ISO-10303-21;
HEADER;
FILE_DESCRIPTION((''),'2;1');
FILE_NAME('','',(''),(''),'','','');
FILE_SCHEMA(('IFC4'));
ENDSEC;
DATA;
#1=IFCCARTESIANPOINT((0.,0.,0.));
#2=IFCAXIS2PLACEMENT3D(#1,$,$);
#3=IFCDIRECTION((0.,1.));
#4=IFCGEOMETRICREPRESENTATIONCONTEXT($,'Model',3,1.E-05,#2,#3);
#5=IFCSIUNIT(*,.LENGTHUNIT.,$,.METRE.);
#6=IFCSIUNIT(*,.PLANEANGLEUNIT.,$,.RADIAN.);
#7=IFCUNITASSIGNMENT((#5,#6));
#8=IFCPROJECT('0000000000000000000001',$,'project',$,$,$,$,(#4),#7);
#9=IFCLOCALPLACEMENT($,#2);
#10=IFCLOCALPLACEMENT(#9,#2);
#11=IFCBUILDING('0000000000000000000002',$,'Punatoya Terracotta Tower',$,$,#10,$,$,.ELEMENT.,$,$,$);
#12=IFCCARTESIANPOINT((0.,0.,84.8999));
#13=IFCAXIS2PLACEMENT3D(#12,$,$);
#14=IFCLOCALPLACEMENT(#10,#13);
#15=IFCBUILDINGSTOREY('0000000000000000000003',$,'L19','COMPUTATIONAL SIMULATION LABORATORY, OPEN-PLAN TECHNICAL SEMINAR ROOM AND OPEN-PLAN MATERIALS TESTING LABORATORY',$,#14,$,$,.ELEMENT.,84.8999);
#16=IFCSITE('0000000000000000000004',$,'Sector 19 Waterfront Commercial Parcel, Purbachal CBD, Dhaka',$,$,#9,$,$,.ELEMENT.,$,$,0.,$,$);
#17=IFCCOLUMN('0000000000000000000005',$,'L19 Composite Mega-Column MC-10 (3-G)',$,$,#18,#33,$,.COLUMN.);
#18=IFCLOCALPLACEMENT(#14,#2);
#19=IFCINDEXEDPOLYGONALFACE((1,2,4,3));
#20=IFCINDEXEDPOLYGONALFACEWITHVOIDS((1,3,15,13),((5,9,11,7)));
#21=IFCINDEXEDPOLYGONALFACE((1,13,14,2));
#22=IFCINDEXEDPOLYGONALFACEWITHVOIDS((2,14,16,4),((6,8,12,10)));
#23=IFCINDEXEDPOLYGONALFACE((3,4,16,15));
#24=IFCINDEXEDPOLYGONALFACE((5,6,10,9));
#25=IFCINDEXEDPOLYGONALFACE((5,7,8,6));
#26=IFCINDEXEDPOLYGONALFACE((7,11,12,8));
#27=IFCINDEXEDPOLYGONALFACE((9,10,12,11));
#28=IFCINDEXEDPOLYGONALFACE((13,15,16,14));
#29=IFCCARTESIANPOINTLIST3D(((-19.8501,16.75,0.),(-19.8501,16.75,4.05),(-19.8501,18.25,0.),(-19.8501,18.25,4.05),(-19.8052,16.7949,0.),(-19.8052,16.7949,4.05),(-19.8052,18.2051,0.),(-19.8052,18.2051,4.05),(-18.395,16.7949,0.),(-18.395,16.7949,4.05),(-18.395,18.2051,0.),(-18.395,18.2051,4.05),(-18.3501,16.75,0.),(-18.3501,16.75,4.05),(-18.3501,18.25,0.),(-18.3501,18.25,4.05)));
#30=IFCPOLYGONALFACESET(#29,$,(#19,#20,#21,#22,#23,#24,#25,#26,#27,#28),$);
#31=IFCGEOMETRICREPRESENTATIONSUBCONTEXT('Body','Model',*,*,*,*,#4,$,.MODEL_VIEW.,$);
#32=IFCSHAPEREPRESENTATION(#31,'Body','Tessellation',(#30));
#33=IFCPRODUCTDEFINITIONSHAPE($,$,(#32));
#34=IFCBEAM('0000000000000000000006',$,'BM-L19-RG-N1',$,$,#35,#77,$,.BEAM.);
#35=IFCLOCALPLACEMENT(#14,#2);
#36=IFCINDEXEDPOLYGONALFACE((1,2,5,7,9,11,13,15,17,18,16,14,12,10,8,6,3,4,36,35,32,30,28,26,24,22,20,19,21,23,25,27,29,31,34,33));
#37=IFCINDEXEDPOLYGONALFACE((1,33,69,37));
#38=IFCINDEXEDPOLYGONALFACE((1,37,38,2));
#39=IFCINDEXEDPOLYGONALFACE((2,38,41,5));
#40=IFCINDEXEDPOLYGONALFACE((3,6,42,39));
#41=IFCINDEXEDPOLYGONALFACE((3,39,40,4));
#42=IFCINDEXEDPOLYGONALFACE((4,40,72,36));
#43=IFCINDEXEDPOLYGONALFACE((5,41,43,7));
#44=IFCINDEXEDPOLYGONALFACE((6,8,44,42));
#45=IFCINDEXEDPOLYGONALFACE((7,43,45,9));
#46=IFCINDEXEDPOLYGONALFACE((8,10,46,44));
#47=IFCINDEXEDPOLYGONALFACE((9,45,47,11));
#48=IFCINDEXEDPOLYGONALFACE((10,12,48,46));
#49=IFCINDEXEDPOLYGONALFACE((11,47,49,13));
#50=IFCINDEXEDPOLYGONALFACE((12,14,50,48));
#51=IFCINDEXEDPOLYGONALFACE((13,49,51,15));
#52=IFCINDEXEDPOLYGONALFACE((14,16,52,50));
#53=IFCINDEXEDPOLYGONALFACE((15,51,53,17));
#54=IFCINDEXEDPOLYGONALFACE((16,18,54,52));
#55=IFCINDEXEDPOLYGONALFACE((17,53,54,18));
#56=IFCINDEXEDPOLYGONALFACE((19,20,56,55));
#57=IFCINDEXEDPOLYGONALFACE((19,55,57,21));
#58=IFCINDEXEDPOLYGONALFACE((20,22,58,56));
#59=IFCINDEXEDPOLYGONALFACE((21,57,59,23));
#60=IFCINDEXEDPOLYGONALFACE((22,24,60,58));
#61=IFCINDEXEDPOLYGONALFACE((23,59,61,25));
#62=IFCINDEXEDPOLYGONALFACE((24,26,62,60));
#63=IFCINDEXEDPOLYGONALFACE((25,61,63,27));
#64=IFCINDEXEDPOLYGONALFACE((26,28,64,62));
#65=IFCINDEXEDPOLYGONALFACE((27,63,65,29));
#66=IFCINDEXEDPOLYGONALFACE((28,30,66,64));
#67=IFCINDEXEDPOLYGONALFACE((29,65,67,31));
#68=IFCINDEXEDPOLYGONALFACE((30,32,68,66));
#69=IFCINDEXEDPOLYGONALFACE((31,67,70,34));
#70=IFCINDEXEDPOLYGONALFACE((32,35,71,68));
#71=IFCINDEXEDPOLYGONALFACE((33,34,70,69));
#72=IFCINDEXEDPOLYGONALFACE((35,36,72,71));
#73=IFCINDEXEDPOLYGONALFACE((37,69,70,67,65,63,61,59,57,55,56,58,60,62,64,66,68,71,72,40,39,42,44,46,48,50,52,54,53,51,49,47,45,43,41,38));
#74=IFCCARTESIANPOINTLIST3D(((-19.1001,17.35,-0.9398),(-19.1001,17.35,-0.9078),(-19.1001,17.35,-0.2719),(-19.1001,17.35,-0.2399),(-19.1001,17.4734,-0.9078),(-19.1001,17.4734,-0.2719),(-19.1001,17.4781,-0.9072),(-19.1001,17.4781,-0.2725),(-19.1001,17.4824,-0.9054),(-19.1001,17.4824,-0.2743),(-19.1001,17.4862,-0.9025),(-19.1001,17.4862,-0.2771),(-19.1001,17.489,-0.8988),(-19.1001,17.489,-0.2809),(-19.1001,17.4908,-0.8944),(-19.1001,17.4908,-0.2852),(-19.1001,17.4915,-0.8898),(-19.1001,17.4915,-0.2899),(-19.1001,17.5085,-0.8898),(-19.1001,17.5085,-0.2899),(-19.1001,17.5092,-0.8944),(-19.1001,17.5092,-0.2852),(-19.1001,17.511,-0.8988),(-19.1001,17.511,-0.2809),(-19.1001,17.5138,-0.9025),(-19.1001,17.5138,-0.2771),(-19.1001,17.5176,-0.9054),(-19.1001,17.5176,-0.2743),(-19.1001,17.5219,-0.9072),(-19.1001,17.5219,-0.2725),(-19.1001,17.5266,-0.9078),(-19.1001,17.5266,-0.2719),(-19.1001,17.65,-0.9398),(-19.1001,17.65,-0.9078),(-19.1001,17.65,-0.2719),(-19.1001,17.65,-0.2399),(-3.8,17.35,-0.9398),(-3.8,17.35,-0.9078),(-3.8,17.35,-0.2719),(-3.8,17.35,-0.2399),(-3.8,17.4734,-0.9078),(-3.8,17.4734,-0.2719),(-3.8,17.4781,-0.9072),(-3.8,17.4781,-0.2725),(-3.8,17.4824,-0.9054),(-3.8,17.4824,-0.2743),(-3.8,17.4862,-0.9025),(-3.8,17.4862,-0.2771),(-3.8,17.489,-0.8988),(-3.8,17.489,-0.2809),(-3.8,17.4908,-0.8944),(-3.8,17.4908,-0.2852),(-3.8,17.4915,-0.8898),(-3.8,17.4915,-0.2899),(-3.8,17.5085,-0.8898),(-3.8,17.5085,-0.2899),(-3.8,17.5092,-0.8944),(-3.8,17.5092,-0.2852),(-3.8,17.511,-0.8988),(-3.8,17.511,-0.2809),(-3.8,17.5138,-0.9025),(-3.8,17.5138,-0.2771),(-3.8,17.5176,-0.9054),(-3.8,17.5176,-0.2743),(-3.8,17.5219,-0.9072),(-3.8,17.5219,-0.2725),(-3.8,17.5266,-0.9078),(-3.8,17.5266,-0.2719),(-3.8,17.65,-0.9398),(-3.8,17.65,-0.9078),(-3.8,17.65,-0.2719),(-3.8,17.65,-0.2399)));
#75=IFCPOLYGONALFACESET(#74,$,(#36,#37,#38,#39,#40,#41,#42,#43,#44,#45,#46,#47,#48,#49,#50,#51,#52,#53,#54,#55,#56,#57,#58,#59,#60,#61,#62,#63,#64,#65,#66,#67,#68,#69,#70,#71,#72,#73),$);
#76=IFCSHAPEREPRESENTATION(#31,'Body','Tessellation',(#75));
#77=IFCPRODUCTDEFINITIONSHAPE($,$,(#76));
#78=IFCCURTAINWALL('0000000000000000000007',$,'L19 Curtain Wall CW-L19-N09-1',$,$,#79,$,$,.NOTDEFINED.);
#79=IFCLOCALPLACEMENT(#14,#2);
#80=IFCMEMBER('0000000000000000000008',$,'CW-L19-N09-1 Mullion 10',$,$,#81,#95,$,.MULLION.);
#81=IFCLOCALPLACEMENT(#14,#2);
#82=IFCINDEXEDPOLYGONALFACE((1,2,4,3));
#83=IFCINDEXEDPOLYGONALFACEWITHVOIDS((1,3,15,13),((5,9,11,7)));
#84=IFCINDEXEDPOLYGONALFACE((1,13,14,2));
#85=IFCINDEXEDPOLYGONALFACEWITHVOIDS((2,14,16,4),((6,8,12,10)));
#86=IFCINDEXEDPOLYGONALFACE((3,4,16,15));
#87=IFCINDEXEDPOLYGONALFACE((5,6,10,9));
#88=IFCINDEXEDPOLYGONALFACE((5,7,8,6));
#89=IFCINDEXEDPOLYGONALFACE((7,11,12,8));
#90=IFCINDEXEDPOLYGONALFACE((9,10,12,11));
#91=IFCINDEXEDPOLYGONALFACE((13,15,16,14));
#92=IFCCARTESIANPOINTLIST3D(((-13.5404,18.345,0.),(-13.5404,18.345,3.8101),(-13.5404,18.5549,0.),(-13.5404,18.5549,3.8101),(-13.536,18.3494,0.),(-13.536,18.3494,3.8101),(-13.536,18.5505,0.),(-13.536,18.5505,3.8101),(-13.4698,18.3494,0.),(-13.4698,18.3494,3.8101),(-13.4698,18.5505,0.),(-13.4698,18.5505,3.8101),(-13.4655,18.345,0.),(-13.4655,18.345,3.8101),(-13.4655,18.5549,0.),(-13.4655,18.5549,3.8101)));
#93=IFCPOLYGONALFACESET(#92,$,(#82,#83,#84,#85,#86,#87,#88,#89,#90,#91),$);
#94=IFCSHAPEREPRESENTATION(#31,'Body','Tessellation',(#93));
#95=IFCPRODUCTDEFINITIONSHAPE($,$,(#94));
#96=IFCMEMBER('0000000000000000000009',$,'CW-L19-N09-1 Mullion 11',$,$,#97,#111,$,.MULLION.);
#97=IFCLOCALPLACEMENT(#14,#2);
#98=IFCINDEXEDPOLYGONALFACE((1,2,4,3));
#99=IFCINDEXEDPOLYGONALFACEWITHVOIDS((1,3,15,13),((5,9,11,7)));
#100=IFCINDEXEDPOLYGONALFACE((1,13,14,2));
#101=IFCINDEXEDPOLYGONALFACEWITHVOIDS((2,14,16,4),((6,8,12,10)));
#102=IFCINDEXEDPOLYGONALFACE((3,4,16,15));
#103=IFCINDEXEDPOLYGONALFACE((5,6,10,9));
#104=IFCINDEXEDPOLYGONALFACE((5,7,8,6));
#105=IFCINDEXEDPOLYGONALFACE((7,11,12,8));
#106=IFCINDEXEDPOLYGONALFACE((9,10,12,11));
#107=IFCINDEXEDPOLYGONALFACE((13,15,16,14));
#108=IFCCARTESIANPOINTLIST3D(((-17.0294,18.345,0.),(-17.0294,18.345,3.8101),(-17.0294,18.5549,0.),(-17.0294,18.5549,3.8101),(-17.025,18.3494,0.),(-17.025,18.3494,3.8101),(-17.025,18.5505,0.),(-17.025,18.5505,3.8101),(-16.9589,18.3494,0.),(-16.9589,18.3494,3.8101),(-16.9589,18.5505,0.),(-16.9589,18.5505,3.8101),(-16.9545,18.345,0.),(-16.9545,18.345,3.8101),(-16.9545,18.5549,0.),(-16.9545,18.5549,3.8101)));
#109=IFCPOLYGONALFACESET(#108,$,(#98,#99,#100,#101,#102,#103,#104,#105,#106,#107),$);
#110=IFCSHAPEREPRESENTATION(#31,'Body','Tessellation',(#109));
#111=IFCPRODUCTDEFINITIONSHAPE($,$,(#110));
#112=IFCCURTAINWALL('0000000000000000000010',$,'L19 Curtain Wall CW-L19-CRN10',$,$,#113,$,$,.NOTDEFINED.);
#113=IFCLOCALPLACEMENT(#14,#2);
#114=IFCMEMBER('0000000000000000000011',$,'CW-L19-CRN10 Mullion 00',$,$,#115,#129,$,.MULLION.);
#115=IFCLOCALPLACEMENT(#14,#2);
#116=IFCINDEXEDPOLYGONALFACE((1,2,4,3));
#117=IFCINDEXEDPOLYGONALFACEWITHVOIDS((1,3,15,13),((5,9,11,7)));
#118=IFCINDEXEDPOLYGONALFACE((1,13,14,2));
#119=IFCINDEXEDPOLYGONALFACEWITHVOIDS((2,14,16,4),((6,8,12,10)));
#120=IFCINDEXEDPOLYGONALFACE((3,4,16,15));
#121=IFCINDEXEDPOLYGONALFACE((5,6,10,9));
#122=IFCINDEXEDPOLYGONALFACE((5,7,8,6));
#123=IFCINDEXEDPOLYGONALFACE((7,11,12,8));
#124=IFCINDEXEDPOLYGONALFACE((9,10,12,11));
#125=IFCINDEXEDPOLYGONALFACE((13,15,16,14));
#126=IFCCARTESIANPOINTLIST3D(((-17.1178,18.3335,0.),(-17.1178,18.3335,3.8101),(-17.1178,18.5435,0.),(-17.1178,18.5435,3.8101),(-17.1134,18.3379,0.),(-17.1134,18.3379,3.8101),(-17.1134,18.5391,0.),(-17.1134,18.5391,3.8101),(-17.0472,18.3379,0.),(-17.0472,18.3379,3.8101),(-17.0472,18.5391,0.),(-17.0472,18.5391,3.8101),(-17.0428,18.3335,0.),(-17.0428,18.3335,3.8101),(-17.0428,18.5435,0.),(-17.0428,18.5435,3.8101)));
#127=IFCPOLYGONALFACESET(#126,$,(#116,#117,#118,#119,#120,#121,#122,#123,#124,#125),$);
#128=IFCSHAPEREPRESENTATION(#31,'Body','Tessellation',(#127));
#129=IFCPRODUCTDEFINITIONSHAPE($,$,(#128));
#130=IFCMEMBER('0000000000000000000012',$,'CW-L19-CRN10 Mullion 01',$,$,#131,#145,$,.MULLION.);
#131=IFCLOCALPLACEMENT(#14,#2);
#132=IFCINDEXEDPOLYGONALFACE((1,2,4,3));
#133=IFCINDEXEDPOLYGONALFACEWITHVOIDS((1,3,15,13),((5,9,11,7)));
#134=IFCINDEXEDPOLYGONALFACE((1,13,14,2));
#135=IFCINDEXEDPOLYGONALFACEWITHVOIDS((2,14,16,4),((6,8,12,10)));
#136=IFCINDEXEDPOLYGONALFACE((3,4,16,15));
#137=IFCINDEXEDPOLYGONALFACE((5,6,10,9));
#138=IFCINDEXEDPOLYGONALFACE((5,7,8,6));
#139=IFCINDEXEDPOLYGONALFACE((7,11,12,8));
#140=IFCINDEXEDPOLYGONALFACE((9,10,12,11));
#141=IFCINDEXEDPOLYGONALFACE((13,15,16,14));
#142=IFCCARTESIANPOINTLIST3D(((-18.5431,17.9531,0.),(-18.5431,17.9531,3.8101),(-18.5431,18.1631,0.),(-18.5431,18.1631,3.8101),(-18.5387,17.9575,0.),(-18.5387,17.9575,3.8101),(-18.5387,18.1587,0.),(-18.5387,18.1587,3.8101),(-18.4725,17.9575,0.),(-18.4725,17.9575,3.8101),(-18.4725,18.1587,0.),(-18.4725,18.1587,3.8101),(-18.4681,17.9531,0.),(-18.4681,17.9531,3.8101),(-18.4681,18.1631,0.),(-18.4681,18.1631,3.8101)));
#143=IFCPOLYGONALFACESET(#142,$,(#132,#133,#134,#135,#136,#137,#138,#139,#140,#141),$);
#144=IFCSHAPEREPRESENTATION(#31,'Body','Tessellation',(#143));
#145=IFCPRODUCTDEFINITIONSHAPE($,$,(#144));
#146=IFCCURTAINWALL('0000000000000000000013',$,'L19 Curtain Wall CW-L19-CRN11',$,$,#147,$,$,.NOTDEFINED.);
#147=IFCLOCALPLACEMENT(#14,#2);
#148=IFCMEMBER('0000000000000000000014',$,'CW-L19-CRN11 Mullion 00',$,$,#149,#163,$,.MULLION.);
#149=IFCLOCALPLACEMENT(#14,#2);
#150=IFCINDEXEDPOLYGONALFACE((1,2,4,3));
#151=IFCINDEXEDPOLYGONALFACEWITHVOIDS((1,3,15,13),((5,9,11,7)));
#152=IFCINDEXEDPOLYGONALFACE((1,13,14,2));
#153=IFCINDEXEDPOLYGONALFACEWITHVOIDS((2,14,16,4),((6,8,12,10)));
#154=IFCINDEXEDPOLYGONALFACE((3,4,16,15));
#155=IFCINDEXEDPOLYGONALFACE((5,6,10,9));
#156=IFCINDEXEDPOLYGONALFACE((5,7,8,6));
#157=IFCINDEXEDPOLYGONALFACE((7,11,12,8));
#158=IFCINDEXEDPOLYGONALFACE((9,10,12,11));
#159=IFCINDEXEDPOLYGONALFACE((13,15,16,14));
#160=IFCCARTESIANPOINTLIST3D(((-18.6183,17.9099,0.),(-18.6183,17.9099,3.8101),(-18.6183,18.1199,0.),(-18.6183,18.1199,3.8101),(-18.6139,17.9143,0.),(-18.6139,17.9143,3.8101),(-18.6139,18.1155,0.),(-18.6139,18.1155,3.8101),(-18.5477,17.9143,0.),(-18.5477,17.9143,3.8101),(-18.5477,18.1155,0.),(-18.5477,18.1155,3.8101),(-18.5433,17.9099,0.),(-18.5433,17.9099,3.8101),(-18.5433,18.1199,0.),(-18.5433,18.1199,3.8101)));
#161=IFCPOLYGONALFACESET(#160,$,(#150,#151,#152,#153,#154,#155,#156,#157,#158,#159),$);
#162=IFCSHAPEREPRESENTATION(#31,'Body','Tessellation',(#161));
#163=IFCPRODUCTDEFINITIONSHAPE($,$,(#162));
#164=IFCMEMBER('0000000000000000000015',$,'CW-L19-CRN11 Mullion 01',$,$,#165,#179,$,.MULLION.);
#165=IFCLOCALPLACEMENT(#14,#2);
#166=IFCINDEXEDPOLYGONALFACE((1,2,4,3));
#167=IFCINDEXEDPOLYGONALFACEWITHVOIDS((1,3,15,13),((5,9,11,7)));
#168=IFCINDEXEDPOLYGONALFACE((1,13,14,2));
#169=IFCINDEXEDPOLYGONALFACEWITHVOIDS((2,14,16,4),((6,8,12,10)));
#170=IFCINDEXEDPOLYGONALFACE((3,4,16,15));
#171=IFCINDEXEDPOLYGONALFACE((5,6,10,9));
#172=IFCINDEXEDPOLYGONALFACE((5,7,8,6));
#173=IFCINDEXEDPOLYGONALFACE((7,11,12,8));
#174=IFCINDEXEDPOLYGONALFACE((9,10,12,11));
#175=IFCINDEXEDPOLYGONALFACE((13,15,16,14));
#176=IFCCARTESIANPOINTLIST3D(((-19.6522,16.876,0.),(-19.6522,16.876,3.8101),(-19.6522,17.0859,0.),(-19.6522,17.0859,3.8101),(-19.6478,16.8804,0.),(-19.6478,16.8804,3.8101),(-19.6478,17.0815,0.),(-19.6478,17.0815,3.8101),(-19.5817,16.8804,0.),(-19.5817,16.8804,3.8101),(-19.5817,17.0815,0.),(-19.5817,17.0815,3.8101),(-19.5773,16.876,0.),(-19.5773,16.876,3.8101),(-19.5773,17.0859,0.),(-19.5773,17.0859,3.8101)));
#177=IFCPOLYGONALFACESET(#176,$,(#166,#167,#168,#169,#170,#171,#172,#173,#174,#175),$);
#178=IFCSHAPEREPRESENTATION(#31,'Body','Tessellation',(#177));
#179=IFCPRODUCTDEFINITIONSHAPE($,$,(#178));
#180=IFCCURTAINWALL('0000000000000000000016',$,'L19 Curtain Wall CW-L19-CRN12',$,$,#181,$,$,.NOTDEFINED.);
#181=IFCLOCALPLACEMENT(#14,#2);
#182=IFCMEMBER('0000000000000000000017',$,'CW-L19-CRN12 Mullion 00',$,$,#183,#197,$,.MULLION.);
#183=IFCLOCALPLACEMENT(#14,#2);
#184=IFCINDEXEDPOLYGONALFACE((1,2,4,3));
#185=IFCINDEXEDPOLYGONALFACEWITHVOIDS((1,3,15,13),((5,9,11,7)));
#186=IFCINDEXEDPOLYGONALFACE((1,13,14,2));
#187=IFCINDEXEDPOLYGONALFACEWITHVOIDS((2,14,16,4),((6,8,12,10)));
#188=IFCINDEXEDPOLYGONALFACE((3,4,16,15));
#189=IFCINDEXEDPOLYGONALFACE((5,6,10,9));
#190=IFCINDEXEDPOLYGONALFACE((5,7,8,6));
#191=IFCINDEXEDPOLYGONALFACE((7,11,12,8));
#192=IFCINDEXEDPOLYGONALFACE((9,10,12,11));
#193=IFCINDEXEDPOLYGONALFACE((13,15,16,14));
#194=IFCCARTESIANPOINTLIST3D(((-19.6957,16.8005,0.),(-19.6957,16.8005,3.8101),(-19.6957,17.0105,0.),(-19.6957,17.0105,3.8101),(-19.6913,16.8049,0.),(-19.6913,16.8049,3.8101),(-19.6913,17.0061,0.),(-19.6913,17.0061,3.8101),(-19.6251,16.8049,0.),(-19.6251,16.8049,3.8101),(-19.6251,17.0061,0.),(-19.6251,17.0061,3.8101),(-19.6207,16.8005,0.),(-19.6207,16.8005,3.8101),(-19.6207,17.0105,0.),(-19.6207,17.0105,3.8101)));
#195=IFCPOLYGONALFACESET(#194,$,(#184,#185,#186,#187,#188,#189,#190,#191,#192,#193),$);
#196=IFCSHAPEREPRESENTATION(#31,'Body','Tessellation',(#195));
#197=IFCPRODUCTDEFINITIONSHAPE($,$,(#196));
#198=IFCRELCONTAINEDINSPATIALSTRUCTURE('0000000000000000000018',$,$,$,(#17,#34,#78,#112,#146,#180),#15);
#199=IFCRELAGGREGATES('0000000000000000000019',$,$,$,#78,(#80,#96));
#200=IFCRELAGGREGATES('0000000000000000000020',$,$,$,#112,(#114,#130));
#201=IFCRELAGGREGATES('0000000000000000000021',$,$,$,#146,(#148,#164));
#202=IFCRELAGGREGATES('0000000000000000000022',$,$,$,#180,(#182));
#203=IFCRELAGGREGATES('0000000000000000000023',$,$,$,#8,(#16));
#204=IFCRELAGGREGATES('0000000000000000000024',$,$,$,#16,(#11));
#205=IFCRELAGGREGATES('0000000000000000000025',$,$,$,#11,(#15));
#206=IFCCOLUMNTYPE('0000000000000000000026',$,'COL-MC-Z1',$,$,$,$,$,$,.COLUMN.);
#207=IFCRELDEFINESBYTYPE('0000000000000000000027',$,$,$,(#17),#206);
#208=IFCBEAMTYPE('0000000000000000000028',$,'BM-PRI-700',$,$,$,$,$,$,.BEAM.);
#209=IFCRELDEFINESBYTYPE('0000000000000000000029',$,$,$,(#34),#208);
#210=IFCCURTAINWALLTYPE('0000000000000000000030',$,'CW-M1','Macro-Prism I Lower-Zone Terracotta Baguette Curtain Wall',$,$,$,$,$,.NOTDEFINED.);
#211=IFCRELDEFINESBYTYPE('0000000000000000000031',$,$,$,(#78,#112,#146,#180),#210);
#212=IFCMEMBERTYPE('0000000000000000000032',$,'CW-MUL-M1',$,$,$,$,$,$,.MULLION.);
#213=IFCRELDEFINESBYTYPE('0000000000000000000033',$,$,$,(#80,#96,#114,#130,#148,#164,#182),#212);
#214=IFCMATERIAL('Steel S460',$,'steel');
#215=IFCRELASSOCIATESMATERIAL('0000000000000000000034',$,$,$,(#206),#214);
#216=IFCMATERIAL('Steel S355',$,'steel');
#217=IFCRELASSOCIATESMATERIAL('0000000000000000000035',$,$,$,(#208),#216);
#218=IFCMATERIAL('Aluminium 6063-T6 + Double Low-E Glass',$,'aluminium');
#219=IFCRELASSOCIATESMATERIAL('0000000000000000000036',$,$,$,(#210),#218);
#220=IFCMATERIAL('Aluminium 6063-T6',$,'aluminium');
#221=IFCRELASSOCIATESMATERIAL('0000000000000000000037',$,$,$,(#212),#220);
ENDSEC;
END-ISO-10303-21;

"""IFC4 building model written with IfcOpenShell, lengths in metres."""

from ifc_helpers import new_model, si_unit, direction, frame, origin, origin_2d, place, context, subcontext, project, spatial, hollow_rectangle, i_section, extrude, material, material_profile, profile_set, type_object, element, aggregate, save


model = new_model("IFC4")

# Units and contexts
model_context = context("Model", 3, precision=1e-05, world=origin(), true_north=direction((0.0, 1.0)))
body_context = subcontext(model_context, "Body", "Model", "MODEL_VIEW")
ifc_project = project(units=[si_unit("LENGTHUNIT", "METRE"), si_unit("PLANEANGLEUNIT", "RADIAN")], contexts=[model_context])

# Site, building, storey
site_placement = place(None, origin())
site = spatial("IfcSite", under=ifc_project, at=site_placement, Name="Sector 19 Waterfront Commercial Parcel, Purbachal CBD, Dhaka", CompositionType="ELEMENT", RefElevation=0.0)
building_placement = place(site_placement, origin())
building = spatial("IfcBuilding", under=site, at=building_placement, Name="Punatoya Terracotta Tower", CompositionType="ELEMENT")
storey_placement = place(building_placement, frame((0.0, 0.0, 84.8999)))
storey = spatial("IfcBuildingStorey", under=building, at=storey_placement, Name="L19", Description="COMPUTATIONAL SIMULATION LABORATORY, OPEN-PLAN TECHNICAL SEMINAR ROOM AND OPEN-PLAN MATERIALS TESTING LABORATORY", CompositionType="ELEMENT", Elevation=84.8999)

# Column
ifc_material_1 = material(Name="Steel S460", Category="steel")
ifc_material_profile_1 = material_profile(ifc_material_1, hollow_rectangle(XDim=1.5, YDim=1.5, WallThickness=0.0449, at=origin_2d()))
ifc_profile_set_1 = profile_set([ifc_material_profile_1], Name="Steel S460")
column_type = type_object("IfcColumnType", Name="COL-MC-Z1", PredefinedType="COLUMN", material=ifc_profile_set_1)
column_placement = place(storey_placement, frame((-19.1001, 17.5, 0.0), z_axis=(0.0, 0.0, 1.0), x_axis=(1.0, 0.0, 0.0)))
element("IfcColumn", 1, at=column_placement, inside=storey, type_object=column_type, Name="L19 Composite Mega-Column MC-10 (3-G)", PredefinedType="COLUMN", context=body_context, shape_type="SweptSolid", body=[
    extrude(hollow_rectangle(XDim=1.5, YDim=1.5, WallThickness=0.0449, at=origin_2d()), origin(), (0.0, 0.0, 1.0), 4.05),
])

# Beam
ifc_material_2 = material(Name="Steel S355", Category="steel")
ifc_material_profile_2 = material_profile(ifc_material_2, i_section(OverallWidth=0.3, OverallDepth=0.7, WebThickness=0.0171, FlangeThickness=0.032, FilletRadius=0.0181, at=origin_2d()))
ifc_profile_set_2 = profile_set([ifc_material_profile_2], Name="Steel S355")
beam_type = type_object("IfcBeamType", Name="BM-PRI-700", PredefinedType="BEAM", material=ifc_profile_set_2)
beam_placement = place(storey_placement, frame((-19.1001, 17.5, -0.5898), z_axis=(1.0, 0.0, 0.0), x_axis=(0.0, 1.0, 0.0)))
element("IfcBeam", 2, at=beam_placement, inside=storey, type_object=beam_type, Name="BM-L19-RG-N1", PredefinedType="BEAM", context=body_context, shape_type="SweptSolid", body=[
    extrude(i_section(OverallWidth=0.3, OverallDepth=0.7, WebThickness=0.0171, FlangeThickness=0.032, FilletRadius=0.0181, at=origin_2d()), origin(), (0.0, 0.0, 1.0), 15.3),
])

# Curtain walls, members
ifc_material_3 = material(Name="Aluminium 6063-T6 + Double Low-E Glass", Category="aluminium")
curtain_wall_type = type_object("IfcCurtainWallType", Name="CW-M1", Description="Macro-Prism I Lower-Zone Terracotta Baguette Curtain Wall", PredefinedType="NOTDEFINED", material=ifc_material_3)
curtain_wall_1_placement = place(storey_placement, origin())
curtain_wall_1 = element("IfcCurtainWall", 3, at=curtain_wall_1_placement, inside=storey, type_object=curtain_wall_type, Name="L19 Curtain Wall CW-L19-N09-1", PredefinedType="NOTDEFINED")
ifc_material_4 = material(Name="Aluminium 6063-T6", Category="aluminium")
ifc_material_profile_3 = material_profile(ifc_material_4, hollow_rectangle(XDim=0.075, YDim=0.21, WallThickness=0.0044, at=origin_2d()))
ifc_profile_set_3 = profile_set([ifc_material_profile_3], Name="Aluminium 6063-T6")
member_type_1 = type_object("IfcMemberType", Name="CW-MUL-M1", PredefinedType="MULLION", material=ifc_profile_set_3)
member_1_placement = place(storey_placement, frame((-13.5029, 18.45, 0.0), z_axis=(0.0, 0.0, 1.0), x_axis=(1.0, 0.0, 0.0)))
member_1 = element("IfcMember", 4, at=member_1_placement, type_object=member_type_1, Name="CW-L19-N09-1 Mullion 10", PredefinedType="MULLION", context=body_context, shape_type="SweptSolid", body=[
    extrude(hollow_rectangle(XDim=0.075, YDim=0.21, WallThickness=0.0044, at=origin_2d()), origin(), (0.0, 0.0, 1.0), 3.8101),
])
member_2_placement = place(storey_placement, frame((-16.9919, 18.45, 0.0), z_axis=(0.0, 0.0, 1.0), x_axis=(1.0, 0.0, 0.0)))
member_2 = element("IfcMember", 5, at=member_2_placement, type_object=member_type_1, Name="CW-L19-N09-1 Mullion 11", PredefinedType="MULLION", context=body_context, shape_type="SweptSolid", body=[
    extrude(hollow_rectangle(XDim=0.075, YDim=0.21, WallThickness=0.0044, at=origin_2d()), origin(), (0.0, 0.0, 1.0), 3.8101),
])
curtain_wall_2_placement = place(storey_placement, origin())
curtain_wall_2 = element("IfcCurtainWall", 6, at=curtain_wall_2_placement, inside=storey, type_object=curtain_wall_type, Name="L19 Curtain Wall CW-L19-CRN10", PredefinedType="NOTDEFINED")
member_3_placement = place(storey_placement, frame((-17.0803, 18.4385, 0.0), z_axis=(0.0, 0.0, 1.0), x_axis=(1.0, 0.0, 0.0)))
member_3 = element("IfcMember", 7, at=member_3_placement, type_object=member_type_1, Name="CW-L19-CRN10 Mullion 00", PredefinedType="MULLION", context=body_context, shape_type="SweptSolid", body=[
    extrude(hollow_rectangle(XDim=0.075, YDim=0.21, WallThickness=0.0044, at=origin_2d()), origin(), (0.0, 0.0, 1.0), 3.8101),
])
member_4_placement = place(storey_placement, frame((-18.5056, 18.0581, 0.0), z_axis=(0.0, 0.0, 1.0), x_axis=(1.0, 0.0, 0.0)))
member_4 = element("IfcMember", 8, at=member_4_placement, type_object=member_type_1, Name="CW-L19-CRN10 Mullion 01", PredefinedType="MULLION", context=body_context, shape_type="SweptSolid", body=[
    extrude(hollow_rectangle(XDim=0.075, YDim=0.21, WallThickness=0.0044, at=origin_2d()), origin(), (0.0, 0.0, 1.0), 3.8101),
])
curtain_wall_3_placement = place(storey_placement, origin())
curtain_wall_3 = element("IfcCurtainWall", 9, at=curtain_wall_3_placement, inside=storey, type_object=curtain_wall_type, Name="L19 Curtain Wall CW-L19-CRN11", PredefinedType="NOTDEFINED")
member_5_placement = place(storey_placement, frame((-18.5808, 18.0149, 0.0), z_axis=(0.0, 0.0, 1.0), x_axis=(1.0, 0.0, 0.0)))
member_5 = element("IfcMember", 10, at=member_5_placement, type_object=member_type_1, Name="CW-L19-CRN11 Mullion 00", PredefinedType="MULLION", context=body_context, shape_type="SweptSolid", body=[
    extrude(hollow_rectangle(XDim=0.075, YDim=0.21, WallThickness=0.0044, at=origin_2d()), origin(), (0.0, 0.0, 1.0), 3.8101),
])
member_6_placement = place(storey_placement, frame((-19.6147, 16.981, 0.0), z_axis=(0.0, 0.0, 1.0), x_axis=(1.0, 0.0, 0.0)))
member_6 = element("IfcMember", 11, at=member_6_placement, type_object=member_type_1, Name="CW-L19-CRN11 Mullion 01", PredefinedType="MULLION", context=body_context, shape_type="SweptSolid", body=[
    extrude(hollow_rectangle(XDim=0.075, YDim=0.21, WallThickness=0.0044, at=origin_2d()), origin(), (0.0, 0.0, 1.0), 3.8101),
])

# Curtain wall, member
curtain_wall_4_placement = place(storey_placement, origin())
curtain_wall_4 = element("IfcCurtainWall", 12, at=curtain_wall_4_placement, inside=storey, type_object=curtain_wall_type, Name="L19 Curtain Wall CW-L19-CRN12", PredefinedType="NOTDEFINED")
member_7_placement = place(storey_placement, frame((-19.6582, 16.9055, 0.0), z_axis=(0.0, 0.0, 1.0), x_axis=(1.0, 0.0, 0.0)))
member_7 = element("IfcMember", 13, at=member_7_placement, type_object=member_type_1, Name="CW-L19-CRN12 Mullion 00", PredefinedType="MULLION", context=body_context, shape_type="SweptSolid", body=[
    extrude(hollow_rectangle(XDim=0.075, YDim=0.21, WallThickness=0.0044, at=origin_2d()), origin(), (0.0, 0.0, 1.0), 3.8101),
])

aggregate(curtain_wall_1, [member_1, member_2])
aggregate(curtain_wall_2, [member_3, member_4])
aggregate(curtain_wall_3, [member_5, member_6])
aggregate(curtain_wall_4, [member_7])

save(model, "model.ifc")
